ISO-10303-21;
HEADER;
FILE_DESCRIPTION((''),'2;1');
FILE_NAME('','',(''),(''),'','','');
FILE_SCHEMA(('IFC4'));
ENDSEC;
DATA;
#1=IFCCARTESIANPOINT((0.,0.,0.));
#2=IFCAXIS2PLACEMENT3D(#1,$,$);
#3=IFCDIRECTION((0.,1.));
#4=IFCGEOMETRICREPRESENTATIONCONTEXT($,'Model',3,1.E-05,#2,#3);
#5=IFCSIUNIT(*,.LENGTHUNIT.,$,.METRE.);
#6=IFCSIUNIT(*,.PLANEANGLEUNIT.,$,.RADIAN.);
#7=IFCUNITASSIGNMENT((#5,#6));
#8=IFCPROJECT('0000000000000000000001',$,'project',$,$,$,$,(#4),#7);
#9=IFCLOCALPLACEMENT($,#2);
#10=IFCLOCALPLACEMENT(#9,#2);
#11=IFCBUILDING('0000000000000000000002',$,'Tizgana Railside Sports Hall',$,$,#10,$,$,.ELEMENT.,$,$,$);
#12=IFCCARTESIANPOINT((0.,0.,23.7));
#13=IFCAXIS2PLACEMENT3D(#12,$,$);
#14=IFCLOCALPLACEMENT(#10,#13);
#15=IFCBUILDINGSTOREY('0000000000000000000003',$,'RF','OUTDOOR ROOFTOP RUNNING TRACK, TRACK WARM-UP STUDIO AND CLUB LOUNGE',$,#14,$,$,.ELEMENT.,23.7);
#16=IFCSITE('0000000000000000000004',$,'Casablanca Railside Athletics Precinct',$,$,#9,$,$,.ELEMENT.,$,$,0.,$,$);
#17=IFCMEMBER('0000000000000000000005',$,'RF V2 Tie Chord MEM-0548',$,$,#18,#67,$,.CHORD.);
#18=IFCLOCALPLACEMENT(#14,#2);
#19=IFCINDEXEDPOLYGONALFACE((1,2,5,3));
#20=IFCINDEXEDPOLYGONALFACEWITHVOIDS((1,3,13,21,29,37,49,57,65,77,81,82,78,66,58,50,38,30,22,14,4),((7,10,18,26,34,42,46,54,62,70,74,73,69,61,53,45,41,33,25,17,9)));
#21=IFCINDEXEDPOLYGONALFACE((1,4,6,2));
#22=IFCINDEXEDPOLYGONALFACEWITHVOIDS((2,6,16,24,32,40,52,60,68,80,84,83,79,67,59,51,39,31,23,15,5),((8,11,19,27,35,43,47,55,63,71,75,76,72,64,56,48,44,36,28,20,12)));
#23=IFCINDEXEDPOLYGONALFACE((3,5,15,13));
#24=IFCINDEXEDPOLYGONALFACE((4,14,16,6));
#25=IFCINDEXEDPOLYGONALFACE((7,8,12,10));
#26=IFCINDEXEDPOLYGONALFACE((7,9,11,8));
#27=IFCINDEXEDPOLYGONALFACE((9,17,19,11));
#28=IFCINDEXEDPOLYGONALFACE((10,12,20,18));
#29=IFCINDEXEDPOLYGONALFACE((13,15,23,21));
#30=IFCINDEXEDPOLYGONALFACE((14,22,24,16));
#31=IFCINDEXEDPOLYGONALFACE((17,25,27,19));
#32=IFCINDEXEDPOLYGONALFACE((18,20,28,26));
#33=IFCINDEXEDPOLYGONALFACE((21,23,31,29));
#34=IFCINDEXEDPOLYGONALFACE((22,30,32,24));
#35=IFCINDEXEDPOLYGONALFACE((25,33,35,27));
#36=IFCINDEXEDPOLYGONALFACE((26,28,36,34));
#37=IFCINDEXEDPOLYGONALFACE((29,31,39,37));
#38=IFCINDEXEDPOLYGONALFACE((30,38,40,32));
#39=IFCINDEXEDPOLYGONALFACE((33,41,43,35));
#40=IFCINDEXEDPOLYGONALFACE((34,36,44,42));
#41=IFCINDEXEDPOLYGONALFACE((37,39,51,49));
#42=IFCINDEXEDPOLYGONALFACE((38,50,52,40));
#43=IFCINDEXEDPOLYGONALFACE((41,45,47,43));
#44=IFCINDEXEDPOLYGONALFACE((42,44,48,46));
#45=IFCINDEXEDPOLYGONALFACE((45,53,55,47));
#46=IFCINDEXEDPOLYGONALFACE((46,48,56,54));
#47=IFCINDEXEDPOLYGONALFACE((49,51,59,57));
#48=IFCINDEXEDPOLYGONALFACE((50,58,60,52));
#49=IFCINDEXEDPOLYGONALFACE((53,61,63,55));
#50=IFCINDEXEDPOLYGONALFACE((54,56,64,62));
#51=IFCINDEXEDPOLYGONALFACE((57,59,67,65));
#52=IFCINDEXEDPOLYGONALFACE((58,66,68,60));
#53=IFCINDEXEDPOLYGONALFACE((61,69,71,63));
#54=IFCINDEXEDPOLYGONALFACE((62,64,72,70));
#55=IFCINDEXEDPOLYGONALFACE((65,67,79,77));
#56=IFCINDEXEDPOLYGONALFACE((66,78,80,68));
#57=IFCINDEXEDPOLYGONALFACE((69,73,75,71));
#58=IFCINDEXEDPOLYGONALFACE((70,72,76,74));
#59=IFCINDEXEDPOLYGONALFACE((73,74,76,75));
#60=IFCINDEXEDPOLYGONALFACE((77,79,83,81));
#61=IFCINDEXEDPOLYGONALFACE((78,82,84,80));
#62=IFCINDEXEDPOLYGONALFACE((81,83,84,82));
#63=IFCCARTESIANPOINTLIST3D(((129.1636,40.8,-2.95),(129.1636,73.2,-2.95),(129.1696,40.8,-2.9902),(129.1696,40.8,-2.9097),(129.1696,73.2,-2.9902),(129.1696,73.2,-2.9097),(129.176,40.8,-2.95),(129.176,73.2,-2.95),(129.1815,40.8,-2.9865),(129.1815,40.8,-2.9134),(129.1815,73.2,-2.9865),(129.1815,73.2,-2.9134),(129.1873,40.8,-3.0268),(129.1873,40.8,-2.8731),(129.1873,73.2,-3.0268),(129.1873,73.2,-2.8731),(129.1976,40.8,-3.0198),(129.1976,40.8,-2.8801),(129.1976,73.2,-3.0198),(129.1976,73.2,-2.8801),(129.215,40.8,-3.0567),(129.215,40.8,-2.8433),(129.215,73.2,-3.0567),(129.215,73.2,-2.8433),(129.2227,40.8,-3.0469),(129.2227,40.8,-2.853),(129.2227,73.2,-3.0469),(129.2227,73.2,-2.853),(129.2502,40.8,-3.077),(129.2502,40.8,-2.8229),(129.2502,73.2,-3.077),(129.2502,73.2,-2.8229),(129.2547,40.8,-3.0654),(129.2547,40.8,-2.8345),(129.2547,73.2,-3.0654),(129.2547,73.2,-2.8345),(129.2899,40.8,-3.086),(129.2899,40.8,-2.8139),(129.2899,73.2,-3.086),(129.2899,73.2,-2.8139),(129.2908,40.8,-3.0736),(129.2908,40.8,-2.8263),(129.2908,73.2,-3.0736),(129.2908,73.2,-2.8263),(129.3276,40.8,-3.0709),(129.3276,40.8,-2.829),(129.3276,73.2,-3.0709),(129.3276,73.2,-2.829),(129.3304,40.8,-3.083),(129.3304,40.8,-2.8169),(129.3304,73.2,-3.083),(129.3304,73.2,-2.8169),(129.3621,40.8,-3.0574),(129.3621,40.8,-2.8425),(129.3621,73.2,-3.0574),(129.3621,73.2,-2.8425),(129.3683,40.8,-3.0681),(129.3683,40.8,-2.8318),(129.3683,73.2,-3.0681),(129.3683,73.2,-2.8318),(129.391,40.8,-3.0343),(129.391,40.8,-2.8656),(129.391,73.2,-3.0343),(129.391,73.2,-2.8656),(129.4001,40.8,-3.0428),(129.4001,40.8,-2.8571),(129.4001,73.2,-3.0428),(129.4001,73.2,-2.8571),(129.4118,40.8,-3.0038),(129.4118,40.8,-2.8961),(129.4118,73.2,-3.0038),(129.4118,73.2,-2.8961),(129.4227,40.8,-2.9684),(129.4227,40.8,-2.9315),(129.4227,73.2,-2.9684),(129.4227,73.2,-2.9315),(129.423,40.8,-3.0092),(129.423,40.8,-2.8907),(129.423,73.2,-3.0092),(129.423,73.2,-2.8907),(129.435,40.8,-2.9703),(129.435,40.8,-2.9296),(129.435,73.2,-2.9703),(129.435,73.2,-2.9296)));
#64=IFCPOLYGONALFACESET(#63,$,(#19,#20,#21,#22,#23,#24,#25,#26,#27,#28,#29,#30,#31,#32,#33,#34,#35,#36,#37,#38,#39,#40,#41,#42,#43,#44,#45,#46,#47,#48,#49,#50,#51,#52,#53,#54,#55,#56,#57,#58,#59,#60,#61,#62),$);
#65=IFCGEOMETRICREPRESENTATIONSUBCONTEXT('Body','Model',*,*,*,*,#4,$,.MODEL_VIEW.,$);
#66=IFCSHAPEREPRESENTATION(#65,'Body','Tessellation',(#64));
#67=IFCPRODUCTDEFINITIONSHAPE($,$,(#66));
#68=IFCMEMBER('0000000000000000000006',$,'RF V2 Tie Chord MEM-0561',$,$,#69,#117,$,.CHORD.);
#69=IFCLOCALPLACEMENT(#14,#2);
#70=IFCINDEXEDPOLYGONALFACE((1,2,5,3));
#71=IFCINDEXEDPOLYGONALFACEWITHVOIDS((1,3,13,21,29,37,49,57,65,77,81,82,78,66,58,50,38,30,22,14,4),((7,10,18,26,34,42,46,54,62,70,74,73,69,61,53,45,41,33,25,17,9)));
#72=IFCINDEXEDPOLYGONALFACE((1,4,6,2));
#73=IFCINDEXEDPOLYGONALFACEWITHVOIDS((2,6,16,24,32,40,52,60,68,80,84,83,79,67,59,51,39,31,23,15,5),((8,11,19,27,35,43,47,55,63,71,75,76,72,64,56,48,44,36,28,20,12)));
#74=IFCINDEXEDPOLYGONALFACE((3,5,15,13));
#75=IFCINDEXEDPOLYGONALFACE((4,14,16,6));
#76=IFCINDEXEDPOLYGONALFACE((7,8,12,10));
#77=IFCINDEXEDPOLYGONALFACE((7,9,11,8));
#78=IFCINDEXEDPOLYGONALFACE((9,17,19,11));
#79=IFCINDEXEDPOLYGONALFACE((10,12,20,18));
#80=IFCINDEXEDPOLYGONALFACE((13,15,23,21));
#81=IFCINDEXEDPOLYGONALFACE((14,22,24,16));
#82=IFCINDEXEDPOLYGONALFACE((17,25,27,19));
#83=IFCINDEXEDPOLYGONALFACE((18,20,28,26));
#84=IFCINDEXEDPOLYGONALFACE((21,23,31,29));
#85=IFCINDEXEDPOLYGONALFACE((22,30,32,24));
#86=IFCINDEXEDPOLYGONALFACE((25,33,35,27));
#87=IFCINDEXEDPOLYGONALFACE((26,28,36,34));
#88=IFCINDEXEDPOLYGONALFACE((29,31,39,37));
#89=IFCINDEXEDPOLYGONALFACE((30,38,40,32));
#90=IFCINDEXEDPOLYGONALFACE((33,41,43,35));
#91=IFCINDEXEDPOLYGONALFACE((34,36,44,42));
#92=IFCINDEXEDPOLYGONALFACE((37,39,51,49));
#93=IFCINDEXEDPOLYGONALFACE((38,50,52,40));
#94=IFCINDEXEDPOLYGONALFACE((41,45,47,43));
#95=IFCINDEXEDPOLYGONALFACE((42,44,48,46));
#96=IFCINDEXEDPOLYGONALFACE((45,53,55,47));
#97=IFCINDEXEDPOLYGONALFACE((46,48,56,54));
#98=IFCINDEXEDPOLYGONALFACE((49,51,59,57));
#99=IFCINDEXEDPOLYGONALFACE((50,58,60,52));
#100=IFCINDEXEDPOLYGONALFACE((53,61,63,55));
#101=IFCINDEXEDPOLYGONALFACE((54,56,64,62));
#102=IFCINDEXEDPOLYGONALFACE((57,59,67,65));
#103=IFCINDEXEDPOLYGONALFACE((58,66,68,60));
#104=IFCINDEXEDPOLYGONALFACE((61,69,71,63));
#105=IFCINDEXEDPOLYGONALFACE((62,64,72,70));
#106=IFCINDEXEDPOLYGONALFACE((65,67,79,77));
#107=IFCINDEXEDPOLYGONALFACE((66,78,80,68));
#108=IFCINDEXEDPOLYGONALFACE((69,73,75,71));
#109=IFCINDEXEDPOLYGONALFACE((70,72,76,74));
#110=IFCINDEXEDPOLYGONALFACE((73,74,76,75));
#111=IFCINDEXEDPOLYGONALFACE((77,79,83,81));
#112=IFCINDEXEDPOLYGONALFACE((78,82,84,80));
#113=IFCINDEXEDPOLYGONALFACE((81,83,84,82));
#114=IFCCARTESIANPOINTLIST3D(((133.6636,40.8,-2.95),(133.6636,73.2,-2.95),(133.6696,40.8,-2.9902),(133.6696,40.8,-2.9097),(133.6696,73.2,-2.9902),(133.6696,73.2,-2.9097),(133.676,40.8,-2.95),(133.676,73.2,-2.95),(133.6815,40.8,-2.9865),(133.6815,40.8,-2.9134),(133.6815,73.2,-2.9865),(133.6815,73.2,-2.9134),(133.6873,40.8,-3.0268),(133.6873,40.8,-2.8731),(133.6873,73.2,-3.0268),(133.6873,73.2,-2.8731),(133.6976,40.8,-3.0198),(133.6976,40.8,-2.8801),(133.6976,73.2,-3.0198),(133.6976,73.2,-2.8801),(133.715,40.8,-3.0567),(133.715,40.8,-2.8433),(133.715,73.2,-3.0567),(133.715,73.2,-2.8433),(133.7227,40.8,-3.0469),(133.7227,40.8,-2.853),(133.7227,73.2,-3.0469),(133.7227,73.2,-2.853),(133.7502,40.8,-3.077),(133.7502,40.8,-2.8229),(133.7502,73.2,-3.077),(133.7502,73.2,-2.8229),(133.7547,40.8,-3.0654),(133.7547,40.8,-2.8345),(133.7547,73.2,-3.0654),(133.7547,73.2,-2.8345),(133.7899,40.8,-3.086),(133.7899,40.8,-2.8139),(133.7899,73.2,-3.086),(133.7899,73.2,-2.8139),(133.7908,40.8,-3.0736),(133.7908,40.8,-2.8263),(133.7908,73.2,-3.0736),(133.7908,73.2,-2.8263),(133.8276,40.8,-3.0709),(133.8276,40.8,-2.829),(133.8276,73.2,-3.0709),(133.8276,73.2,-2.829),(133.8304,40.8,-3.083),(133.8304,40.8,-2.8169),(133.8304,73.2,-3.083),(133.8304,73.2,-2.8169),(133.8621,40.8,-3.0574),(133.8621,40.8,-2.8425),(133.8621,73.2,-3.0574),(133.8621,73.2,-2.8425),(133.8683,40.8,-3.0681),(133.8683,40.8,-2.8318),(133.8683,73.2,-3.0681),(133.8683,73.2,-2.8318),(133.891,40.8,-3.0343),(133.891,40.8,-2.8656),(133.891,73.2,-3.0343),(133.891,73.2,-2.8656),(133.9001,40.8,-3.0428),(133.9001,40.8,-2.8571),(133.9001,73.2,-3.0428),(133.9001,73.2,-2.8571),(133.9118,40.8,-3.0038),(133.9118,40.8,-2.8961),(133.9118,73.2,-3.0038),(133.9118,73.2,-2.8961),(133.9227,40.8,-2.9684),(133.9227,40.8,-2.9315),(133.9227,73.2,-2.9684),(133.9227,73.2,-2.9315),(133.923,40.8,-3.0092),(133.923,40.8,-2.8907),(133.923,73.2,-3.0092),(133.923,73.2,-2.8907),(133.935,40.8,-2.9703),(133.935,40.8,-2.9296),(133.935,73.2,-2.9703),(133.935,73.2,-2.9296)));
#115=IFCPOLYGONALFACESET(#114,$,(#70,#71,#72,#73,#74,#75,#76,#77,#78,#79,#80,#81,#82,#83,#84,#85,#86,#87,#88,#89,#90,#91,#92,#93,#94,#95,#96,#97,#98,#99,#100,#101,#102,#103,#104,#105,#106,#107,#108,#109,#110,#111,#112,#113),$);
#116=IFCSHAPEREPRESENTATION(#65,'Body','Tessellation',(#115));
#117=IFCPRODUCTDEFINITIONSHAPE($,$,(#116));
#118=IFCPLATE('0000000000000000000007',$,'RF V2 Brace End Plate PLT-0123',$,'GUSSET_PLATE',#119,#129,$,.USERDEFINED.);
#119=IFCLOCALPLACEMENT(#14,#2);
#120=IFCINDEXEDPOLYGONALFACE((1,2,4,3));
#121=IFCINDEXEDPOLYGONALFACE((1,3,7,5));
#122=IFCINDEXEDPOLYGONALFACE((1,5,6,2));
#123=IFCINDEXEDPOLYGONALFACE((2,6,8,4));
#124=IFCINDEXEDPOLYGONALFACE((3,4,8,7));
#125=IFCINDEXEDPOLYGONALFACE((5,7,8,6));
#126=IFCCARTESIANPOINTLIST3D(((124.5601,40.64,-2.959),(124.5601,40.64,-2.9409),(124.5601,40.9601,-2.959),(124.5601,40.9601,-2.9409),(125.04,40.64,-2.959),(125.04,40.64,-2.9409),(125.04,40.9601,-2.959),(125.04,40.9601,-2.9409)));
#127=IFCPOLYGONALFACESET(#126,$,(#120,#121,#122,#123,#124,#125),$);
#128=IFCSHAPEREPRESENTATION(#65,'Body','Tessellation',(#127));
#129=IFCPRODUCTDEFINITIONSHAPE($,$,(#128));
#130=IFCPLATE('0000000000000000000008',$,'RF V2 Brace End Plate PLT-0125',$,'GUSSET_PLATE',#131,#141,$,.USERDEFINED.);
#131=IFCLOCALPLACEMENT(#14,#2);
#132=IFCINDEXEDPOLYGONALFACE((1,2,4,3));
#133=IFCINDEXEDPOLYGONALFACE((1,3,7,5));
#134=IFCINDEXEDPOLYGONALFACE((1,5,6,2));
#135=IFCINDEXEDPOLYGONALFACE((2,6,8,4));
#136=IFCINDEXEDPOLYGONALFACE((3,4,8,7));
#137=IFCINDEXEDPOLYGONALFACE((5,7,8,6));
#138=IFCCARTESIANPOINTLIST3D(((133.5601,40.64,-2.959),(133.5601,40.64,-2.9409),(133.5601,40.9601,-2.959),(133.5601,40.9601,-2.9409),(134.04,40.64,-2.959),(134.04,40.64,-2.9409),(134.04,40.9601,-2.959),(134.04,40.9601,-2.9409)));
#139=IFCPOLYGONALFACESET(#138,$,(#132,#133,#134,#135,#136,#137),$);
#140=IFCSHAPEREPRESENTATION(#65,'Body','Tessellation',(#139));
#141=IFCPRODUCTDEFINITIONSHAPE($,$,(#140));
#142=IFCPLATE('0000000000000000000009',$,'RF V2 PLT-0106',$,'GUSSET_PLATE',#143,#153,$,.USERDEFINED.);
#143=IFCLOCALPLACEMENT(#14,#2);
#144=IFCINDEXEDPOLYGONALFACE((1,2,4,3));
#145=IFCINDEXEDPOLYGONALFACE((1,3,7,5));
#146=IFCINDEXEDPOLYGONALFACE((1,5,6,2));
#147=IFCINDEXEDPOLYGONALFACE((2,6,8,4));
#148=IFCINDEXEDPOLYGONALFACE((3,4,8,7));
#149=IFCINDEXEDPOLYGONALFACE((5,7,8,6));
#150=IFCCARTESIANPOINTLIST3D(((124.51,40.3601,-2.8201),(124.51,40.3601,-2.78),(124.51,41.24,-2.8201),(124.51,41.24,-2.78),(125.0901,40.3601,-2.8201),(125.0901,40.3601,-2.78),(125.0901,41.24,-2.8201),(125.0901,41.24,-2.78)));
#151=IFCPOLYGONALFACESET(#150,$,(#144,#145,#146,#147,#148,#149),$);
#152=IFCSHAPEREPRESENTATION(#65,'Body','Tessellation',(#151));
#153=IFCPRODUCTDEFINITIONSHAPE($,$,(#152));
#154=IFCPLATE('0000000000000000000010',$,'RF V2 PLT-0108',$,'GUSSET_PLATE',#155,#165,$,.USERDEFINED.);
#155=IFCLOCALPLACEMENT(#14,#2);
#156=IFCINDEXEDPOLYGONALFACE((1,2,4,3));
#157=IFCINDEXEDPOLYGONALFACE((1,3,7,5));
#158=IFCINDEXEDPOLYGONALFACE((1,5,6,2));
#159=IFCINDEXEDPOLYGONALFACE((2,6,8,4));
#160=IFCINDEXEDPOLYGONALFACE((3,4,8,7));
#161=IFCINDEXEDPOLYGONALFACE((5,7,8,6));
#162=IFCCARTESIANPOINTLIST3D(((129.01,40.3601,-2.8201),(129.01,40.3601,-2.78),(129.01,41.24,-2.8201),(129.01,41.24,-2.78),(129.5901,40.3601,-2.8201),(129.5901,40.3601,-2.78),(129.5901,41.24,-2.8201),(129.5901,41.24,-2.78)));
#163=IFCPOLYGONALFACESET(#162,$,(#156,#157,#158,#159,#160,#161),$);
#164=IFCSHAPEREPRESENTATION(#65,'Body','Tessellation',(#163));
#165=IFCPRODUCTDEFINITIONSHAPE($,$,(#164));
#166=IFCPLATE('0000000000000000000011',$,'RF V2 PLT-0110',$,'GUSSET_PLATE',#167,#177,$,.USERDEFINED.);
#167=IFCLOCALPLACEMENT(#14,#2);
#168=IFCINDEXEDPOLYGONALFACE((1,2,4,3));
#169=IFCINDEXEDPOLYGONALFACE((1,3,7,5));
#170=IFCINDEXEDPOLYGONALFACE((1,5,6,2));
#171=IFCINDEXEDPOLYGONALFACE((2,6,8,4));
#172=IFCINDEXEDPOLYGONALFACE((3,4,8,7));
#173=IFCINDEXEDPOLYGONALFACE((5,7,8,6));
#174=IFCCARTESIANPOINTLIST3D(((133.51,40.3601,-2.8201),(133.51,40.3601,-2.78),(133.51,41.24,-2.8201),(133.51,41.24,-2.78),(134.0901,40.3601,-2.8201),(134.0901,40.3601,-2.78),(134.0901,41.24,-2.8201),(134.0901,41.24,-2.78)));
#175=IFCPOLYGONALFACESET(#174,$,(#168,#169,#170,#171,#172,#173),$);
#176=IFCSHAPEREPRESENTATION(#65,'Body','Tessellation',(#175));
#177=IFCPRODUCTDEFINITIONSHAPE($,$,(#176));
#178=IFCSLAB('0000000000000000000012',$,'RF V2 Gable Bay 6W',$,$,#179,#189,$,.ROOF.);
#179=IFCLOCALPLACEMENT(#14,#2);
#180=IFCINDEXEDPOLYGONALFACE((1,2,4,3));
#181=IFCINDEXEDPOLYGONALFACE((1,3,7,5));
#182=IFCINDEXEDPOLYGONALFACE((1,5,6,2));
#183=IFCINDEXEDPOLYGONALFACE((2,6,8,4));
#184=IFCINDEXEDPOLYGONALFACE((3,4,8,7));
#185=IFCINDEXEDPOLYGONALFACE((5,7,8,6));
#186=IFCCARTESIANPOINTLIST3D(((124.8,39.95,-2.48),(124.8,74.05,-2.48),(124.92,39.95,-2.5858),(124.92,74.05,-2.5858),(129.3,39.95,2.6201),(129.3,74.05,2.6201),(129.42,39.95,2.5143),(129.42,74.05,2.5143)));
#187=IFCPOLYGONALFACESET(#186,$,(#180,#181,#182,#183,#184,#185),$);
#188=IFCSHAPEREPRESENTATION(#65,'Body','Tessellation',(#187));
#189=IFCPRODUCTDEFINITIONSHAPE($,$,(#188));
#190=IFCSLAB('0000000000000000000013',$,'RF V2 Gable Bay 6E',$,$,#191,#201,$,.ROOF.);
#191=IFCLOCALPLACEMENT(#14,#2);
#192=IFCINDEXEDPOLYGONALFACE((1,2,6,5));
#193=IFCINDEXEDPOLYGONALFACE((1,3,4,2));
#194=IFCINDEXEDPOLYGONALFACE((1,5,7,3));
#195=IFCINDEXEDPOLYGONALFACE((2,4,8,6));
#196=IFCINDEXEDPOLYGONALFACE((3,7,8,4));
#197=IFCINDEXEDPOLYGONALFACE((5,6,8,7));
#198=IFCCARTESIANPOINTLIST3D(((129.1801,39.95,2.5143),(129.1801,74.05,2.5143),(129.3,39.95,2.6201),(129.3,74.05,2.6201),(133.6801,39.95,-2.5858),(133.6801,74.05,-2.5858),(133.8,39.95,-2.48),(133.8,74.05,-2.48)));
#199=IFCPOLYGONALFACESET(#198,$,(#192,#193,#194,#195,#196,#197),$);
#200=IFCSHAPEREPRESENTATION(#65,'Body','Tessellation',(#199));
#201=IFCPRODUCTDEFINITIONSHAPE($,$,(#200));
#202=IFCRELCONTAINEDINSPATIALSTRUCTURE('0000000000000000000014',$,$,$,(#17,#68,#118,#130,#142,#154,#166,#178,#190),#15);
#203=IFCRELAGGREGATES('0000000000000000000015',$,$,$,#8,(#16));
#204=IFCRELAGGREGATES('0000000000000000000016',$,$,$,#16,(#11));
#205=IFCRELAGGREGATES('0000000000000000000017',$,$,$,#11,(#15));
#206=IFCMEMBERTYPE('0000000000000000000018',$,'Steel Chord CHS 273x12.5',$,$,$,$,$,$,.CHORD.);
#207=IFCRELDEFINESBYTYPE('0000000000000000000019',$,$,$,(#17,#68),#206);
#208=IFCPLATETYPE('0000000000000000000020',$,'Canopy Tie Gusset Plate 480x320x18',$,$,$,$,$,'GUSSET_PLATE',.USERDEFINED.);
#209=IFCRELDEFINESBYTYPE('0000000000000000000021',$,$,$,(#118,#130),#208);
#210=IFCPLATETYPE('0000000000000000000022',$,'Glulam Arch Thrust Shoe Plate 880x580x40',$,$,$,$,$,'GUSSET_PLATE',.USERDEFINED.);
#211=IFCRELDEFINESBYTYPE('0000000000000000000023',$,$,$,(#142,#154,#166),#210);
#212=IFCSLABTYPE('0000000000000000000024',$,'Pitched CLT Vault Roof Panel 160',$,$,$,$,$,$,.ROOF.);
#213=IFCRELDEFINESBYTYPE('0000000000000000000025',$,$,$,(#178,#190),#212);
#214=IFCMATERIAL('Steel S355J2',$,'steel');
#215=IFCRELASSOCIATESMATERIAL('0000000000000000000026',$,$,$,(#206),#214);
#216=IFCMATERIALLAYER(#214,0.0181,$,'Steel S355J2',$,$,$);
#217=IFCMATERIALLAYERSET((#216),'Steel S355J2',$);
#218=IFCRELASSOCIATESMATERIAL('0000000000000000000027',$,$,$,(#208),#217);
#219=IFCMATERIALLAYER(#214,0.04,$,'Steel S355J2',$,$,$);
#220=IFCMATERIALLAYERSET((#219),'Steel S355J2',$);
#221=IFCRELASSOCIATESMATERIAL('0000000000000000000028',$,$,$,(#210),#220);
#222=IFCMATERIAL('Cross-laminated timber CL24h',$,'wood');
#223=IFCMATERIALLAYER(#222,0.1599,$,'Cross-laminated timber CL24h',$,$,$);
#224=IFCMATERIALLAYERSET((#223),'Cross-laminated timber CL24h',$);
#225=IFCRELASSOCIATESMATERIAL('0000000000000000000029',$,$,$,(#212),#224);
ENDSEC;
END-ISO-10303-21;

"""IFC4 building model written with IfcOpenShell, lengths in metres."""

from ifc_helpers import new_model, si_unit, direction, frame, origin, origin_2d, place, context, subcontext, project, spatial, polyline, rectangle, hollow_circle, outline, extrude, material, layer, layer_set, material_profile, profile_set, type_object, element, save


model = new_model("IFC4")

# Units and contexts
model_context = context("Model", 3, precision=1e-05, world=origin(), true_north=direction((0.0, 1.0)))
body_context = subcontext(model_context, "Body", "Model", "MODEL_VIEW")
ifc_project = project(units=[si_unit("LENGTHUNIT", "METRE"), si_unit("PLANEANGLEUNIT", "RADIAN")], contexts=[model_context])

# Site, building, storey
site_placement = place(None, origin())
site = spatial("IfcSite", under=ifc_project, at=site_placement, Name="Casablanca Railside Athletics Precinct", CompositionType="ELEMENT", RefElevation=0.0)
building_placement = place(site_placement, origin())
building = spatial("IfcBuilding", under=site, at=building_placement, Name="Tizgana Railside Sports Hall", CompositionType="ELEMENT")
storey_placement = place(building_placement, frame((0.0, 0.0, 23.7)))
storey = spatial("IfcBuildingStorey", under=building, at=storey_placement, Name="RF", Description="OUTDOOR ROOFTOP RUNNING TRACK, TRACK WARM-UP STUDIO AND CLUB LOUNGE", CompositionType="ELEMENT", Elevation=23.7)

# Members
ifc_material_1 = material(Name="Steel S355J2", Category="steel")
ifc_material_profile_1 = material_profile(ifc_material_1, hollow_circle(Radius=0.1365, WallThickness=0.0125, at=origin_2d()), Name="CHS 273x12.5")
ifc_profile_set_1 = profile_set([ifc_material_profile_1], Name="Steel S355J2")
member_type_1 = type_object("IfcMemberType", Name="Steel Chord CHS 273x12.5", PredefinedType="CHORD", material=ifc_profile_set_1)
for number, where, z_axis, x_axis, name in (
    (1, (129.3, 40.8, -2.95), (0.0, 1.0, 0.0), (-1.0, 0.0, 0.0), "RF V2 Tie Chord MEM-0548"),
    (2, (133.8, 40.8, -2.95), (0.0, 1.0, 0.0), (-1.0, 0.0, 0.0), "RF V2 Tie Chord MEM-0561"),
):
    element("IfcMember", number, at=place(storey_placement, frame(where, z_axis=z_axis, x_axis=x_axis)), inside=storey, type_object=member_type_1, Name=name, PredefinedType="CHORD", context=body_context, shape_type="SweptSolid", body=[
        extrude(hollow_circle(Radius=0.1365, WallThickness=0.0125, at=origin_2d()), origin(), (0.0, 0.0, 1.0), 32.3999),
    ])

# Plates
ifc_layer_1 = layer(ifc_material_1, 0.0181, Name="Steel S355J2")
ifc_layer_set_1 = layer_set([ifc_layer_1], Name="Steel S355J2")
plate_type_1 = type_object("IfcPlateType", Name="Canopy Tie Gusset Plate 480x320x18", ElementType="GUSSET_PLATE", PredefinedType="USERDEFINED", material=ifc_layer_set_1)
for number, where, z_axis, x_axis, name in (
    (3, (124.8, 40.8, -2.959), (0.0, 0.0, 1.0), (1.0, 0.0, 0.0), "RF V2 Brace End Plate PLT-0123"),
    (4, (133.8, 40.8, -2.959), (0.0, 0.0, 1.0), (1.0, 0.0, 0.0), "RF V2 Brace End Plate PLT-0125"),
):
    element("IfcPlate", number, at=place(storey_placement, frame(where, z_axis=z_axis, x_axis=x_axis)), inside=storey, type_object=plate_type_1, Name=name, ObjectType="GUSSET_PLATE", PredefinedType="USERDEFINED", context=body_context, shape_type="SweptSolid", body=[
        extrude(rectangle(XDim=0.48, YDim=0.3201, at=origin_2d()), origin(), (0.0, 0.0, 1.0), 0.0181),
    ])
ifc_layer_2 = layer(ifc_material_1, 0.04, Name="Steel S355J2")
ifc_layer_set_2 = layer_set([ifc_layer_2], Name="Steel S355J2")
plate_type_2 = type_object("IfcPlateType", Name="Glulam Arch Thrust Shoe Plate 880x580x40", ElementType="GUSSET_PLATE", PredefinedType="USERDEFINED", material=ifc_layer_set_2)
for number, where, z_axis, x_axis, name in (
    (5, (124.8, 40.8, -2.8201), (0.0, 0.0, 1.0), (1.0, 0.0, 0.0), "RF V2 PLT-0106"),
    (6, (129.3, 40.8, -2.8201), (0.0, 0.0, 1.0), (1.0, 0.0, 0.0), "RF V2 PLT-0108"),
    (7, (133.8, 40.8, -2.8201), (0.0, 0.0, 1.0), (1.0, 0.0, 0.0), "RF V2 PLT-0110"),
):
    element("IfcPlate", number, at=place(storey_placement, frame(where, z_axis=z_axis, x_axis=x_axis)), inside=storey, type_object=plate_type_2, Name=name, ObjectType="GUSSET_PLATE", PredefinedType="USERDEFINED", context=body_context, shape_type="SweptSolid", body=[
        extrude(rectangle(XDim=0.5801, YDim=0.8799, at=origin_2d()), origin(), (0.0, 0.0, 1.0), 0.04),
    ])

# Slabs
ifc_material_2 = material(Name="Cross-laminated timber CL24h", Category="wood")
ifc_layer_3 = layer(ifc_material_2, 0.1599, Name="Cross-laminated timber CL24h")
ifc_layer_set_3 = layer_set([ifc_layer_3], Name="Cross-laminated timber CL24h")
slab_type = type_object("IfcSlabType", Name="Pitched CLT Vault Roof Panel 160", PredefinedType="ROOF", material=ifc_layer_set_3)
for number, where, z_axis, x_axis, name in (
    (8, (124.8, 39.95, -2.48), (-0.749844, 0.0, 0.661615), (0.661615, 0.0, 0.749844), "RF V2 Gable Bay 6W"),
    (9, (129.3, 39.95, 2.6201), (0.749844, 0.0, 0.661615), (0.661615, 0.0, -0.749844), "RF V2 Gable Bay 6E"),
):
    element("IfcSlab", number, at=place(storey_placement, frame(where, z_axis=z_axis, x_axis=x_axis)), inside=storey, type_object=slab_type, Name=name, PredefinedType="ROOF", context=body_context, shape_type="SweptSolid", body=[
        extrude(outline(polyline([(0.0, 0.0), (6.8015, 0.0), (6.8015, 34.1001), (0.0, 34.1001), (0.0, 0.0)])), origin(), (0.0, 0.0, -1.0), 0.1599),
    ])

save(model, "model.ifc")
